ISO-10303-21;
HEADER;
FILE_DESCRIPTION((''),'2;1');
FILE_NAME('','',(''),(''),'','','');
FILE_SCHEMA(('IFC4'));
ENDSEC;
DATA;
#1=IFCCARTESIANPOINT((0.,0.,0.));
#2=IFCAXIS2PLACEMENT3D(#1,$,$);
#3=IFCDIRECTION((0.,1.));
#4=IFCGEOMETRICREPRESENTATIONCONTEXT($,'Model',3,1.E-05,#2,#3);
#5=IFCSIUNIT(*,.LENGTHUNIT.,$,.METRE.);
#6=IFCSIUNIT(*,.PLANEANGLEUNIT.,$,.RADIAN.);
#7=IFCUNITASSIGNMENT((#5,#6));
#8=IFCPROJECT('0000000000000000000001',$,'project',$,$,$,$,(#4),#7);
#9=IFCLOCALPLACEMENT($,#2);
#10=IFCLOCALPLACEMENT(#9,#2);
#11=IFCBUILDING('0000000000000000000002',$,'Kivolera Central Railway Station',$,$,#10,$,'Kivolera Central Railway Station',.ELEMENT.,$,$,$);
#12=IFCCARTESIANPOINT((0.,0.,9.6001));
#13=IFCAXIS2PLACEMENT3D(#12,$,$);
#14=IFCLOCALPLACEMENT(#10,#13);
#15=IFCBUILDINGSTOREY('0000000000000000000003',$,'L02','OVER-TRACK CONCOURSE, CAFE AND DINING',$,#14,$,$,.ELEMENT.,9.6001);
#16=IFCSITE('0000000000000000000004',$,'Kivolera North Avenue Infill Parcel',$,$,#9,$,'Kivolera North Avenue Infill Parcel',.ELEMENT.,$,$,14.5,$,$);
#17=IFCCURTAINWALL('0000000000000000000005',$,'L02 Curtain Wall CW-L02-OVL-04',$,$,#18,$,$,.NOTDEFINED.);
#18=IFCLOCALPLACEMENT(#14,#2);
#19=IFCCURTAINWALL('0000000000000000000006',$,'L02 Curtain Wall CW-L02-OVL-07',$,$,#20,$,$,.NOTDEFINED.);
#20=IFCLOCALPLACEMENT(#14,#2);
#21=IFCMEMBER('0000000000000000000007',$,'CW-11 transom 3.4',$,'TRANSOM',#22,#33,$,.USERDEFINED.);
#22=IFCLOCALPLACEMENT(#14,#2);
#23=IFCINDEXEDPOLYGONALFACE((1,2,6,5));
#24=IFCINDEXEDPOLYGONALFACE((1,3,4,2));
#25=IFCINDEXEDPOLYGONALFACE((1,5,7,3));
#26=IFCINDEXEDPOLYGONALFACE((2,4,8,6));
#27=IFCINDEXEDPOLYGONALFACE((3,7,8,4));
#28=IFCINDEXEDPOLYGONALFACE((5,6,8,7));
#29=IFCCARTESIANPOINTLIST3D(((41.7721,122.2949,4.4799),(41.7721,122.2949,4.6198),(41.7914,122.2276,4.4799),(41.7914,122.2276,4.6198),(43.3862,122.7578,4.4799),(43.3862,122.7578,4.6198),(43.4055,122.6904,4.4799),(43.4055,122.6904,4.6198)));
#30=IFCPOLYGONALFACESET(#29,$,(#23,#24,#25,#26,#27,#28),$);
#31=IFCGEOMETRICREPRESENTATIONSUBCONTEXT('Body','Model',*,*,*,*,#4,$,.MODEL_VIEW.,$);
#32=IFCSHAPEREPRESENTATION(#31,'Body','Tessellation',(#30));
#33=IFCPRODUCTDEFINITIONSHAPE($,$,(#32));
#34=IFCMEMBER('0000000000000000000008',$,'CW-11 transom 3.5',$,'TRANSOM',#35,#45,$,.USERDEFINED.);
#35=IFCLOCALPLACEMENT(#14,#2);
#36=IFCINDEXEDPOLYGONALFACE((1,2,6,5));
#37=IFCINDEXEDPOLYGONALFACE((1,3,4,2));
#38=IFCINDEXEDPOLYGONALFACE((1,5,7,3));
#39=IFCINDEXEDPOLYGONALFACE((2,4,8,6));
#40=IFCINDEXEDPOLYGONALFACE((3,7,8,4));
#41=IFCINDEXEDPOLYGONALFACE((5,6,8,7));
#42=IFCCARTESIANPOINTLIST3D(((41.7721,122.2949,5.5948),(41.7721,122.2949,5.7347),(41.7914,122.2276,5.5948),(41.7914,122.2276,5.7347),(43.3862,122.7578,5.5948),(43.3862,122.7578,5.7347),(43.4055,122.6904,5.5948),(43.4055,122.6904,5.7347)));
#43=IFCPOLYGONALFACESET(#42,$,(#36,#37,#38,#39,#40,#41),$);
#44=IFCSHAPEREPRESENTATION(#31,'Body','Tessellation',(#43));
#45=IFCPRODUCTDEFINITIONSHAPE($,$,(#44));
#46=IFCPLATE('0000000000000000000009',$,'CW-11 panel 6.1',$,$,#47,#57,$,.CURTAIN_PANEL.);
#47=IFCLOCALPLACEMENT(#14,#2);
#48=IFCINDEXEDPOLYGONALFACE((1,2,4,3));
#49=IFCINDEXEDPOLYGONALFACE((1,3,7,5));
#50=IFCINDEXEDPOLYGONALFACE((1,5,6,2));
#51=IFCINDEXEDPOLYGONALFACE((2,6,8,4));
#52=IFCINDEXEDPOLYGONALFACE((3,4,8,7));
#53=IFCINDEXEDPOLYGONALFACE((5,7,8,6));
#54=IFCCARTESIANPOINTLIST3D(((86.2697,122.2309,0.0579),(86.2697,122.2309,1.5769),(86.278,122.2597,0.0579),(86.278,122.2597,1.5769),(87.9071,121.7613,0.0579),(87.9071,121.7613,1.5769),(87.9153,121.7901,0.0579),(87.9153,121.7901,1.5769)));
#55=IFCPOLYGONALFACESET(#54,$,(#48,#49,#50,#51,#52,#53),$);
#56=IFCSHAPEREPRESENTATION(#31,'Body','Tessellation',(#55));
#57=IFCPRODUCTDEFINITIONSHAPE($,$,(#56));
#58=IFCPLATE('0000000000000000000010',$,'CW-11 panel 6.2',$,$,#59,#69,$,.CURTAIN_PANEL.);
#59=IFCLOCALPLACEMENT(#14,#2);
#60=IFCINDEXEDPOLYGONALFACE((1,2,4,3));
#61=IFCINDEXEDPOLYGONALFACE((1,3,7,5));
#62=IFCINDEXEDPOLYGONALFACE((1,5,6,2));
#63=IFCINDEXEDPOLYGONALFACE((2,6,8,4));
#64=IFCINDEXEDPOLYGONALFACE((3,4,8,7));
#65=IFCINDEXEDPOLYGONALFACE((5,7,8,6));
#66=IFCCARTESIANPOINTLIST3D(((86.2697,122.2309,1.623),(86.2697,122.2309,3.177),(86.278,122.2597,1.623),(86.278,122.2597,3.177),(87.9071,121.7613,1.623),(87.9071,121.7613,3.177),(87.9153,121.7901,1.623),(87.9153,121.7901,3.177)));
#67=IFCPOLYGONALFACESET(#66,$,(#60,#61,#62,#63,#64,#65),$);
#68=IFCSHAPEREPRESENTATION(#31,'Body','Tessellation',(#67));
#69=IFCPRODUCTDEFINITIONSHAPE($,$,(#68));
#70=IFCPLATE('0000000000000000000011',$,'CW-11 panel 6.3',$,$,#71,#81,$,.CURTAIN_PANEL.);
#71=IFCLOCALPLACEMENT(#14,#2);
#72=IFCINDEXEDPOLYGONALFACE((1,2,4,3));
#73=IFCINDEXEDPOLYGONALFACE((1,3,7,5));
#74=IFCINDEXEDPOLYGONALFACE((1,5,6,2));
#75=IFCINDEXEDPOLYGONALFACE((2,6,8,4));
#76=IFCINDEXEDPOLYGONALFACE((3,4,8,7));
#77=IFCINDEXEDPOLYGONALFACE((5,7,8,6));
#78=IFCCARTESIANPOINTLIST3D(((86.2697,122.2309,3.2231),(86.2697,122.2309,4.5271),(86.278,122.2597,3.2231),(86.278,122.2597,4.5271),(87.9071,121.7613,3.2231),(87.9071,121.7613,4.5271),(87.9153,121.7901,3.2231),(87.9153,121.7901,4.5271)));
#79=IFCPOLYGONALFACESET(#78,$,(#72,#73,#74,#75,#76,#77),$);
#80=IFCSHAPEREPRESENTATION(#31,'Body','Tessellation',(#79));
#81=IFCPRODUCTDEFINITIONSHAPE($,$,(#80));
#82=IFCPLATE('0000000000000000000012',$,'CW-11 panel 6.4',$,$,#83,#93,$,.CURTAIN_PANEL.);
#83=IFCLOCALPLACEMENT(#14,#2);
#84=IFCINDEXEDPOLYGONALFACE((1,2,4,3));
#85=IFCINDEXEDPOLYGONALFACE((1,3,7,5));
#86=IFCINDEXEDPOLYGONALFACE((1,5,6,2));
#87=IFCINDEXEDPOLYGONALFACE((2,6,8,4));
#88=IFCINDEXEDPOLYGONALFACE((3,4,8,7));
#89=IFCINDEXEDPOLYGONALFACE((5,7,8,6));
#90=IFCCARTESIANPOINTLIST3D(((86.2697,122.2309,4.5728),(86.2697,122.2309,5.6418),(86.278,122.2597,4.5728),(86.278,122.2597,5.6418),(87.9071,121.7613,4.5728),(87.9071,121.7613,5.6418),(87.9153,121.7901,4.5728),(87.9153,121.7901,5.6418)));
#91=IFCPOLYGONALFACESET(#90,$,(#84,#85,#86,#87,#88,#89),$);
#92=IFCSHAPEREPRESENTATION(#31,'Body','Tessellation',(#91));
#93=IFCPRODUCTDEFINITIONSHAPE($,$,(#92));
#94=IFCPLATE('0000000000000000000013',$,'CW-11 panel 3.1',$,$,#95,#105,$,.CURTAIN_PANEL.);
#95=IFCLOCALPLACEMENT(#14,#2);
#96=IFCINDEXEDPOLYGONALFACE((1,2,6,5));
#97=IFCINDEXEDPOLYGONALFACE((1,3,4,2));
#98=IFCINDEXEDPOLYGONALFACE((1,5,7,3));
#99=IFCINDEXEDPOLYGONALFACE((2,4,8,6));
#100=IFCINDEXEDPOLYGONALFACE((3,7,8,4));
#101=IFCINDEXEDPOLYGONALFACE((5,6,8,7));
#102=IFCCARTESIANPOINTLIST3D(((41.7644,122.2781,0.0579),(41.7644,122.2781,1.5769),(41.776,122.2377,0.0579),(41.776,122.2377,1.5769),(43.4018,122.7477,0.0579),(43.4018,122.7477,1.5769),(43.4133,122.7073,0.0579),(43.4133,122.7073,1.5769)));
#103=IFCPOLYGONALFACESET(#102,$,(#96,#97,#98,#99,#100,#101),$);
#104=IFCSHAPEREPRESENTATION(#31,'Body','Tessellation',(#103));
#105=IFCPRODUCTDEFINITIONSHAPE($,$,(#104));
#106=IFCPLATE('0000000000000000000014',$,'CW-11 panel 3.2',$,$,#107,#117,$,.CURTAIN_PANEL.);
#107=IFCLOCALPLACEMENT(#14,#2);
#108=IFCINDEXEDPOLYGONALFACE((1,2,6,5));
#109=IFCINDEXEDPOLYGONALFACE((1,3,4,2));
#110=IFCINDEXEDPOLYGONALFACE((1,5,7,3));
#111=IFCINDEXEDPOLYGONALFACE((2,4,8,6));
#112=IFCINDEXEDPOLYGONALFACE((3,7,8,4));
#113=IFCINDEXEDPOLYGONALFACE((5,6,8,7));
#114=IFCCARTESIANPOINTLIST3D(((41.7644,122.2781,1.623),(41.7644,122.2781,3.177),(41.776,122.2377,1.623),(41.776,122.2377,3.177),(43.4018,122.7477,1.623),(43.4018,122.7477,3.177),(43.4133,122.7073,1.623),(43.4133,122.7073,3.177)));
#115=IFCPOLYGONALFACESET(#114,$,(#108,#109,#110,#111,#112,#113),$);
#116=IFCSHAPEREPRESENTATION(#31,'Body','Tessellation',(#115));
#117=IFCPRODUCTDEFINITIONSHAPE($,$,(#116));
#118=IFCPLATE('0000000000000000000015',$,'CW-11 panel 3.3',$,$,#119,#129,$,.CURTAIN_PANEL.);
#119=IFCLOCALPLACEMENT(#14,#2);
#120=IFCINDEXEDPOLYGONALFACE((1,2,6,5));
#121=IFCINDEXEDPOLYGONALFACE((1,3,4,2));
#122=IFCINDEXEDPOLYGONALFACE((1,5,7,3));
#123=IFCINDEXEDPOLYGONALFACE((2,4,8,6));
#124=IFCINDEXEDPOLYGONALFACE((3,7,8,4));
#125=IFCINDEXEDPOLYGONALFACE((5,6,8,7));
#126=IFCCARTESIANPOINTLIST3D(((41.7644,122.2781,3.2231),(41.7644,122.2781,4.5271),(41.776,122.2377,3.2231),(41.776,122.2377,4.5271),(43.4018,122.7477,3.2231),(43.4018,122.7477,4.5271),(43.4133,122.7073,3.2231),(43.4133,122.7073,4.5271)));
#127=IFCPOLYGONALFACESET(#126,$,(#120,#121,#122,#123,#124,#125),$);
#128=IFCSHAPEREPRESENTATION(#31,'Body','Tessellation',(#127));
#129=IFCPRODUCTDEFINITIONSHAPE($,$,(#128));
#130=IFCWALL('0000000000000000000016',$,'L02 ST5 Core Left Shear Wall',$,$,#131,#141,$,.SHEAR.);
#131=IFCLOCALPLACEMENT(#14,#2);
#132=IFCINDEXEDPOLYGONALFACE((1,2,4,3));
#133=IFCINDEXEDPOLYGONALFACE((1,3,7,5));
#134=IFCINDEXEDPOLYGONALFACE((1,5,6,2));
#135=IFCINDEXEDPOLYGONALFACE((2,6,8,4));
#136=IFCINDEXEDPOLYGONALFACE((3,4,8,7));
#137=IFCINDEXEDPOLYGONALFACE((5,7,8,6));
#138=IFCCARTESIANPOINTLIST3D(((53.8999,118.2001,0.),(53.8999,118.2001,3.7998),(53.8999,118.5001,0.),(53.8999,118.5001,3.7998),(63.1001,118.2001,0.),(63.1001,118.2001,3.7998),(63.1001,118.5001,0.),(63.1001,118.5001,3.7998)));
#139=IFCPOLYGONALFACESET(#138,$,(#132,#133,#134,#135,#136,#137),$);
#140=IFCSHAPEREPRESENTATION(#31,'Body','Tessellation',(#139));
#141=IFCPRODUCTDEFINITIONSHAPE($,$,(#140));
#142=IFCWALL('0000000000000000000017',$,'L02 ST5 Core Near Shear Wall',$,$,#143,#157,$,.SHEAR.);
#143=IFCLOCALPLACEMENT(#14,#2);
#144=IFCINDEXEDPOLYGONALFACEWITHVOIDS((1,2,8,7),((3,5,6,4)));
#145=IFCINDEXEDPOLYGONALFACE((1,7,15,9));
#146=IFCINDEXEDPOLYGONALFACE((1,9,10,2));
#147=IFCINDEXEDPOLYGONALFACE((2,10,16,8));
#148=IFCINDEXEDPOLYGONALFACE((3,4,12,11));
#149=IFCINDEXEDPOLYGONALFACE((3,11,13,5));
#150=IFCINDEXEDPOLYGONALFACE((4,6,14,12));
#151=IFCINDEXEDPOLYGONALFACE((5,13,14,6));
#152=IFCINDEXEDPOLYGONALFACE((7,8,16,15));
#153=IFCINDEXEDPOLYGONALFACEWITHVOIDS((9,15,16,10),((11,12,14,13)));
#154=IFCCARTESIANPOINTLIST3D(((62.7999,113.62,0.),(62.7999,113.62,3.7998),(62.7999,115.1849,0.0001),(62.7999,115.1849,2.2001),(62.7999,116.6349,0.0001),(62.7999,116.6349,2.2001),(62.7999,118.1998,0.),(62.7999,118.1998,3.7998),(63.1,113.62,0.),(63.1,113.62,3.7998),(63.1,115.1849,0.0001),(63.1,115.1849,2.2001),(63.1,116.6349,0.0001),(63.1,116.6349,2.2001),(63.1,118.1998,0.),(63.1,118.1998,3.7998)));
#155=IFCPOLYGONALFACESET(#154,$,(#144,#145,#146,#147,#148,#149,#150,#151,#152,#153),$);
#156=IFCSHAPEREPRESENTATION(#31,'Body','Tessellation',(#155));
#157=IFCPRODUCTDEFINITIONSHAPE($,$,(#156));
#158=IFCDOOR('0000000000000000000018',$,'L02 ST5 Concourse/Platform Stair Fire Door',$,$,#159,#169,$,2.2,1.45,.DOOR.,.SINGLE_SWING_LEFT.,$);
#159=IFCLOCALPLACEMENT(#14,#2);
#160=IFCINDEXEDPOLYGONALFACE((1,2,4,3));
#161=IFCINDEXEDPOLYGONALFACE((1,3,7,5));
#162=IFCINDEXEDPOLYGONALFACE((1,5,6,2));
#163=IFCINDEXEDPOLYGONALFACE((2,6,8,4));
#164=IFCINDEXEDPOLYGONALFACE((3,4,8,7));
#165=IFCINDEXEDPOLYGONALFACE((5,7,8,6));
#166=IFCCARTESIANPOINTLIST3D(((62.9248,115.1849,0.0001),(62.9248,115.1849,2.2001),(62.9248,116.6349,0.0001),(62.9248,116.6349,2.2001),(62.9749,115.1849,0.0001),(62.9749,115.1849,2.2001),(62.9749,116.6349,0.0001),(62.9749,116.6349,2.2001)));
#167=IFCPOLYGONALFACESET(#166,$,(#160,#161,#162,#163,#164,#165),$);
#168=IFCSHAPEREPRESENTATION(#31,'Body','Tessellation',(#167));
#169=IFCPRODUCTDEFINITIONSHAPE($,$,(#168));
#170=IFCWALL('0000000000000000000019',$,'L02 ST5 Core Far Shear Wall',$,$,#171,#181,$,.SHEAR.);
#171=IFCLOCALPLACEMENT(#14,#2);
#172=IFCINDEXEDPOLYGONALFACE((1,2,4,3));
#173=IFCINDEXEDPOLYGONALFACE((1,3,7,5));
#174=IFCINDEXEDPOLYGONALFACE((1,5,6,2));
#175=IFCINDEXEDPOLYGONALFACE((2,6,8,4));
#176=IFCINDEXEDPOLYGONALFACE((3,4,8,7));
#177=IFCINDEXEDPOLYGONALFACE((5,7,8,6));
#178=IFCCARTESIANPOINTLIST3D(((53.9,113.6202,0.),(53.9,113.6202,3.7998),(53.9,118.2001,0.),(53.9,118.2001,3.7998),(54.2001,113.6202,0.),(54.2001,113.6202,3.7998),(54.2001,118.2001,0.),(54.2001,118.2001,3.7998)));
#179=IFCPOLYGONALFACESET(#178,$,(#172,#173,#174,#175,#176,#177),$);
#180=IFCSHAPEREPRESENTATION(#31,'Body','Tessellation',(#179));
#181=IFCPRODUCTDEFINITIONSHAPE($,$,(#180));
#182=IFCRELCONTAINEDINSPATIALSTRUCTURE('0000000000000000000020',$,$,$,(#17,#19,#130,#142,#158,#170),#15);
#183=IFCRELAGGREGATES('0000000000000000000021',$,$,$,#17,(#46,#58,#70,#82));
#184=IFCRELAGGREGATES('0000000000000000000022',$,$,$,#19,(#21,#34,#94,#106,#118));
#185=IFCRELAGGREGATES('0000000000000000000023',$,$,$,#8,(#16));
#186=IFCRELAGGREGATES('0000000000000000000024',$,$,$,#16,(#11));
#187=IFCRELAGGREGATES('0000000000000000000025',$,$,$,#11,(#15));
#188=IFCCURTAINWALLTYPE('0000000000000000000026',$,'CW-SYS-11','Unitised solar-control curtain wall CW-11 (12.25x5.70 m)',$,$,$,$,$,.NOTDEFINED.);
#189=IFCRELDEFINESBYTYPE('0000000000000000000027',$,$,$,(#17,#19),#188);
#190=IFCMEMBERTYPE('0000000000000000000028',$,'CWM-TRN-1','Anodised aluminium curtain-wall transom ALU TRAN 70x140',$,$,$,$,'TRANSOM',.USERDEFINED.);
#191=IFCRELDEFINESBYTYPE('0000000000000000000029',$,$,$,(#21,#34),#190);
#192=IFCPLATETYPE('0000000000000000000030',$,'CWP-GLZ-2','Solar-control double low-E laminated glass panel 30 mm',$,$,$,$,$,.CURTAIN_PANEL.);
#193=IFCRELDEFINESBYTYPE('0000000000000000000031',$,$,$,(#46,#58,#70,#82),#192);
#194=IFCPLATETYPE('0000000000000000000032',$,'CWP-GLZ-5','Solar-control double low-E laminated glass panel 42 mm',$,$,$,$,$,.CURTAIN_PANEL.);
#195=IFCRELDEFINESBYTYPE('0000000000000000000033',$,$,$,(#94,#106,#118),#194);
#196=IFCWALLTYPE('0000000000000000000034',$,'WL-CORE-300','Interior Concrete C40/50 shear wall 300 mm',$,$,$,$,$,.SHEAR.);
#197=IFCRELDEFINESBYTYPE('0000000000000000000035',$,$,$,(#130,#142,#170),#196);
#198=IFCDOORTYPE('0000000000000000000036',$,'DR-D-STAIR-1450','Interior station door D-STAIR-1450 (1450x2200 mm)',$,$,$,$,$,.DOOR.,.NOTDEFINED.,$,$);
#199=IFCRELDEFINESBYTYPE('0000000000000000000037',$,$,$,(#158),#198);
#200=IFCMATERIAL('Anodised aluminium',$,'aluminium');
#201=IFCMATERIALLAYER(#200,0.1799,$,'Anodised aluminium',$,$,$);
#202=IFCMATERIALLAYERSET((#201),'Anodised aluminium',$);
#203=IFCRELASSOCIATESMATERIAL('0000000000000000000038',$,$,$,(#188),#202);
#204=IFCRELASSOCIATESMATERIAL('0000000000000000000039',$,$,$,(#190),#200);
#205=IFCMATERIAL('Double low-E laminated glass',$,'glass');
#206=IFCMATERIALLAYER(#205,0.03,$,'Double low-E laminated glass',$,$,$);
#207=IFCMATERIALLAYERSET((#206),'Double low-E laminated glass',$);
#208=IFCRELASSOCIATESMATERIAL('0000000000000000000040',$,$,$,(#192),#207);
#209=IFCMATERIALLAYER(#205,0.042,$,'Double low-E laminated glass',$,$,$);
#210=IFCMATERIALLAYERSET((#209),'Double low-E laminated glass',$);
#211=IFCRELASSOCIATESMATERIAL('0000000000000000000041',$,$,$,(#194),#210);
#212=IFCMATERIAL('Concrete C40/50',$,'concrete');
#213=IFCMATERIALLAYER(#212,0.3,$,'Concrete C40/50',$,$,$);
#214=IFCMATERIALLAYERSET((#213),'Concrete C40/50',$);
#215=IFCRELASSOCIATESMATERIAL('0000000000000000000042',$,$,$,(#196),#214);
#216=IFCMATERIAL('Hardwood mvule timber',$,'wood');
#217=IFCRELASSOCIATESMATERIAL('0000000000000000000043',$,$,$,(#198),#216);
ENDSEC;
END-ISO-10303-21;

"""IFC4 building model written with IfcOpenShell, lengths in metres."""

from ifc_helpers import new_model, si_unit, direction, frame, frame_2d, origin, origin_2d, place, context, subcontext, project, spatial, rectangle, extrude, material, layer, layer_set, material_profile, profile_set, type_object, element, fill, aggregate, save


model = new_model("IFC4")

# Units and contexts
model_context = context("Model", 3, precision=1e-05, world=origin(), true_north=direction((0.0, 1.0)))
body_context = subcontext(model_context, "Body", "Model", "MODEL_VIEW")
ifc_project = project(units=[si_unit("LENGTHUNIT", "METRE"), si_unit("PLANEANGLEUNIT", "RADIAN")], contexts=[model_context])

# Site, building, storey
site_placement = place(None, origin())
site = spatial("IfcSite", under=ifc_project, at=site_placement, Name="Kivolera North Avenue Infill Parcel", LongName="Kivolera North Avenue Infill Parcel", CompositionType="ELEMENT", RefElevation=14.5)
building_placement = place(site_placement, origin())
building = spatial("IfcBuilding", under=site, at=building_placement, Name="Kivolera Central Railway Station", LongName="Kivolera Central Railway Station", CompositionType="ELEMENT")
storey_placement = place(building_placement, frame((0.0, 0.0, 9.6001)))
storey = spatial("IfcBuildingStorey", under=building, at=storey_placement, Name="L02", Description="OVER-TRACK CONCOURSE, CAFE AND DINING", CompositionType="ELEMENT", Elevation=9.6001)

# Curtain walls, members
ifc_material_1 = material(Name="Anodised aluminium", Category="aluminium")
ifc_layer_1 = layer(ifc_material_1, 0.1799, Name="Anodised aluminium")
ifc_layer_set_1 = layer_set([ifc_layer_1], Name="Anodised aluminium")
curtain_wall_type = type_object("IfcCurtainWallType", Name="CW-SYS-11", Description="Unitised solar-control curtain wall CW-11 (12.25x5.70 m)", PredefinedType="NOTDEFINED", material=ifc_layer_set_1)
curtain_wall_1_placement = place(storey_placement, origin())
curtain_wall_1 = element("IfcCurtainWall", 1, at=curtain_wall_1_placement, inside=storey, type_object=curtain_wall_type, Name="L02 Curtain Wall CW-L02-OVL-04", PredefinedType="NOTDEFINED")
ifc_material_profile_1 = material_profile(ifc_material_1, rectangle(XDim=0.0701, YDim=0.1399, at=origin_2d()), Name="ALU TRAN 70x140")
ifc_profile_set_1 = profile_set([ifc_material_profile_1], Name="Anodised aluminium")
member_type_1 = type_object("IfcMemberType", Name="CWM-TRN-1", Description="Anodised aluminium curtain-wall transom ALU TRAN 70x140", ElementType="TRANSOM", PredefinedType="USERDEFINED", material=ifc_profile_set_1)
curtain_wall_2_placement = place(storey_placement, origin())
curtain_wall_2 = element("IfcCurtainWall", 2, at=curtain_wall_2_placement, inside=storey, type_object=curtain_wall_type, Name="L02 Curtain Wall CW-L02-OVL-07", PredefinedType="NOTDEFINED")
member_1_placement = place(storey_placement, frame((41.7817, 122.2612, 4.5498), z_axis=(0.96126, 0.275643, 0.0), x_axis=(-0.275643, 0.96126, 0.0)))
member_1 = element("IfcMember", 3, at=member_1_placement, type_object=member_type_1, Name="CW-11 transom 3.4", ObjectType="TRANSOM", PredefinedType="USERDEFINED", context=body_context, shape_type="SweptSolid", body=[
    extrude(rectangle(XDim=0.0701, YDim=0.1399, at=origin_2d()), origin(), (0.0, 0.0, 1.0), 1.6792),
])
member_2_placement = place(storey_placement, frame((41.7817, 122.2612, 5.6648), z_axis=(0.96126, 0.275643, 0.0), x_axis=(-0.275643, 0.96126, 0.0)))
member_2 = element("IfcMember", 4, at=member_2_placement, type_object=member_type_1, Name="CW-11 transom 3.5", ObjectType="TRANSOM", PredefinedType="USERDEFINED", context=body_context, shape_type="SweptSolid", body=[
    extrude(rectangle(XDim=0.0701, YDim=0.1399, at=origin_2d()), origin(), (0.0, 0.0, 1.0), 1.6792),
])

# Plates
ifc_material_2 = material(Name="Double low-E laminated glass", Category="glass")
ifc_layer_2 = layer(ifc_material_2, 0.03, Name="Double low-E laminated glass")
ifc_layer_set_2 = layer_set([ifc_layer_2], Name="Double low-E laminated glass")
plate_type_1 = type_object("IfcPlateType", Name="CWP-GLZ-2", Description="Solar-control double low-E laminated glass panel 30 mm", PredefinedType="CURTAIN_PANEL", material=ifc_layer_set_2)
plate_1_placement = place(storey_placement, frame((87.0925, 122.0105, 0.0579), z_axis=(0.0, 0.0, 1.0), x_axis=(0.961246, -0.275692, 0.0)))
plate_1 = element("IfcPlate", 5, at=plate_1_placement, type_object=plate_type_1, Name="CW-11 panel 6.1", PredefinedType="CURTAIN_PANEL", context=body_context, shape_type="SweptSolid", body=[
    extrude(rectangle(XDim=1.7034, YDim=0.03, at=origin_2d()), origin(), (0.0, 0.0, 1.0), 1.519),
])
plate_2_placement = place(storey_placement, frame((87.0925, 122.0105, 1.623), z_axis=(0.0, 0.0, 1.0), x_axis=(0.961246, -0.275692, 0.0)))
plate_2 = element("IfcPlate", 6, at=plate_2_placement, type_object=plate_type_1, Name="CW-11 panel 6.2", PredefinedType="CURTAIN_PANEL", context=body_context, shape_type="SweptSolid", body=[
    extrude(rectangle(XDim=1.7034, YDim=0.03, at=origin_2d()), origin(), (0.0, 0.0, 1.0), 1.554),
])
plate_3_placement = place(storey_placement, frame((87.0925, 122.0105, 3.2231), z_axis=(0.0, 0.0, 1.0), x_axis=(0.961246, -0.275692, 0.0)))
plate_3 = element("IfcPlate", 7, at=plate_3_placement, type_object=plate_type_1, Name="CW-11 panel 6.3", PredefinedType="CURTAIN_PANEL", context=body_context, shape_type="SweptSolid", body=[
    extrude(rectangle(XDim=1.7034, YDim=0.03, at=origin_2d()), origin(), (0.0, 0.0, 1.0), 1.304),
])
plate_4_placement = place(storey_placement, frame((87.0925, 122.0105, 4.5728), z_axis=(0.0, 0.0, 1.0), x_axis=(0.961246, -0.275692, 0.0)))
plate_4 = element("IfcPlate", 8, at=plate_4_placement, type_object=plate_type_1, Name="CW-11 panel 6.4", PredefinedType="CURTAIN_PANEL", context=body_context, shape_type="SweptSolid", body=[
    extrude(rectangle(XDim=1.7034, YDim=0.03, at=origin_2d()), origin(), (0.0, 0.0, 1.0), 1.0691),
])
aggregate(curtain_wall_1, [plate_1, plate_2, plate_3, plate_4])
ifc_layer_3 = layer(ifc_material_2, 0.042, Name="Double low-E laminated glass")
ifc_layer_set_3 = layer_set([ifc_layer_3], Name="Double low-E laminated glass")
plate_type_2 = type_object("IfcPlateType", Name="CWP-GLZ-5", Description="Solar-control double low-E laminated glass panel 42 mm", PredefinedType="CURTAIN_PANEL", material=ifc_layer_set_3)
plate_5_placement = place(storey_placement, frame((42.5889, 122.4927, 0.0579), z_axis=(0.0, 0.0, 1.0), x_axis=(0.961246, 0.275692, 0.0)))
plate_5 = element("IfcPlate", 9, at=plate_5_placement, type_object=plate_type_2, Name="CW-11 panel 3.1", PredefinedType="CURTAIN_PANEL", context=body_context, shape_type="SweptSolid", body=[
    extrude(rectangle(XDim=1.7034, YDim=0.042, at=origin_2d()), origin(), (0.0, 0.0, 1.0), 1.519),
])
plate_6_placement = place(storey_placement, frame((42.5889, 122.4927, 1.623), z_axis=(0.0, 0.0, 1.0), x_axis=(0.961246, 0.275692, 0.0)))
plate_6 = element("IfcPlate", 10, at=plate_6_placement, type_object=plate_type_2, Name="CW-11 panel 3.2", PredefinedType="CURTAIN_PANEL", context=body_context, shape_type="SweptSolid", body=[
    extrude(rectangle(XDim=1.7034, YDim=0.042, at=origin_2d()), origin(), (0.0, 0.0, 1.0), 1.554),
])
plate_7_placement = place(storey_placement, frame((42.5889, 122.4927, 3.2231), z_axis=(0.0, 0.0, 1.0), x_axis=(0.961246, 0.275692, 0.0)))
plate_7 = element("IfcPlate", 11, at=plate_7_placement, type_object=plate_type_2, Name="CW-11 panel 3.3", PredefinedType="CURTAIN_PANEL", context=body_context, shape_type="SweptSolid", body=[
    extrude(rectangle(XDim=1.7034, YDim=0.042, at=origin_2d()), origin(), (0.0, 0.0, 1.0), 1.304),
])
aggregate(curtain_wall_2, [member_1, member_2, plate_5, plate_6, plate_7])

# Wall
ifc_material_3 = material(Name="Concrete C40/50", Category="concrete")
ifc_layer_4 = layer(ifc_material_3, 0.3, Name="Concrete C40/50")
ifc_layer_set_4 = layer_set([ifc_layer_4], Name="Concrete C40/50")
wall_type_1 = type_object("IfcWallType", Name="WL-CORE-300", Description="Interior Concrete C40/50 shear wall 300 mm", PredefinedType="SHEAR", material=ifc_layer_set_4)
wall_1_placement = place(storey_placement, frame((53.8999, 118.3501, 0.0), z_axis=(0.0, 0.0, 1.0), x_axis=(1.0, 0.0, 0.0)))
element("IfcWall", 12, at=wall_1_placement, inside=storey, type_object=wall_type_1, Name="L02 ST5 Core Left Shear Wall", PredefinedType="SHEAR", context=body_context, shape_type="SweptSolid", body=[
    extrude(rectangle(XDim=9.2002, YDim=0.3, at=frame_2d((4.6001, 0.0))), origin(), (0.0, 0.0, 1.0), 3.7998),
])

# Wall, opening, door
wall_2_placement = place(storey_placement, frame((62.95, 118.2, 0.0), z_axis=(0.0, 0.0, 1.0), x_axis=(0.0, -1.0, 0.0)))
wall_2 = element("IfcWall", 13, at=wall_2_placement, inside=storey, type_object=wall_type_1, Name="L02 ST5 Core Near Shear Wall", PredefinedType="SHEAR", context=body_context, shape_type="SweptSolid", body=[
    extrude(rectangle(XDim=4.5798, YDim=0.3, at=frame_2d((2.29, 0.0))), origin(), (0.0, 0.0, 1.0), 3.7998),
])
opening_1_placement = place(wall_2_placement, frame((1.5649, 0.0, 0.0)))
opening_1 = element("IfcOpeningElement", 14, at=opening_1_placement, cuts=wall_2, PredefinedType="OPENING", context=body_context, shape_type="SweptSolid", body=[
    extrude(rectangle(XDim=1.45, YDim=2.2, at=frame_2d((0.7251, 1.1001))), frame((0.0, 0.1599, 0.0), z_axis=(0.0, -1.0, 0.0), x_axis=(1.0, 0.0, 0.0)), (0.0, 0.0, 1.0), 0.3201),
])
ifc_material_4 = material(Name="Hardwood mvule timber", Category="wood")
door_type_1 = type_object("IfcDoorType", Name="DR-D-STAIR-1450", Description="Interior station door D-STAIR-1450 (1450x2200 mm)", OperationType="NOTDEFINED", PredefinedType="DOOR", material=ifc_material_4)
door_1_placement = place(opening_1_placement, origin())
door_1 = element("IfcDoor", 15, at=door_1_placement, inside=storey, type_object=door_type_1, Name="L02 ST5 Concourse/Platform Stair Fire Door", OperationType="SINGLE_SWING_LEFT", OverallHeight=2.2, OverallWidth=1.45, PredefinedType="DOOR", context=body_context, shape_type="SweptSolid", body=[
    extrude(rectangle(XDim=1.45, YDim=2.2, at=frame_2d((0.7251, 1.1001))), frame((0.0, 0.0249, 0.0), z_axis=(0.0, -1.0, 0.0), x_axis=(1.0, 0.0, 0.0)), (0.0, 0.0, 1.0), 0.05),
])
fill(opening_1, door_1)

# Wall
wall_3_placement = place(storey_placement, frame((54.05, 113.6201, 0.0), z_axis=(0.0, 0.0, 1.0), x_axis=(0.0, 1.0, 0.0)))
element("IfcWall", 16, at=wall_3_placement, inside=storey, type_object=wall_type_1, Name="L02 ST5 Core Far Shear Wall", PredefinedType="SHEAR", context=body_context, shape_type="SweptSolid", body=[
    extrude(rectangle(XDim=4.5798, YDim=0.3, at=frame_2d((2.29, 0.0))), origin(), (0.0, 0.0, 1.0), 3.7998),
])

save(model, "model.ifc")
